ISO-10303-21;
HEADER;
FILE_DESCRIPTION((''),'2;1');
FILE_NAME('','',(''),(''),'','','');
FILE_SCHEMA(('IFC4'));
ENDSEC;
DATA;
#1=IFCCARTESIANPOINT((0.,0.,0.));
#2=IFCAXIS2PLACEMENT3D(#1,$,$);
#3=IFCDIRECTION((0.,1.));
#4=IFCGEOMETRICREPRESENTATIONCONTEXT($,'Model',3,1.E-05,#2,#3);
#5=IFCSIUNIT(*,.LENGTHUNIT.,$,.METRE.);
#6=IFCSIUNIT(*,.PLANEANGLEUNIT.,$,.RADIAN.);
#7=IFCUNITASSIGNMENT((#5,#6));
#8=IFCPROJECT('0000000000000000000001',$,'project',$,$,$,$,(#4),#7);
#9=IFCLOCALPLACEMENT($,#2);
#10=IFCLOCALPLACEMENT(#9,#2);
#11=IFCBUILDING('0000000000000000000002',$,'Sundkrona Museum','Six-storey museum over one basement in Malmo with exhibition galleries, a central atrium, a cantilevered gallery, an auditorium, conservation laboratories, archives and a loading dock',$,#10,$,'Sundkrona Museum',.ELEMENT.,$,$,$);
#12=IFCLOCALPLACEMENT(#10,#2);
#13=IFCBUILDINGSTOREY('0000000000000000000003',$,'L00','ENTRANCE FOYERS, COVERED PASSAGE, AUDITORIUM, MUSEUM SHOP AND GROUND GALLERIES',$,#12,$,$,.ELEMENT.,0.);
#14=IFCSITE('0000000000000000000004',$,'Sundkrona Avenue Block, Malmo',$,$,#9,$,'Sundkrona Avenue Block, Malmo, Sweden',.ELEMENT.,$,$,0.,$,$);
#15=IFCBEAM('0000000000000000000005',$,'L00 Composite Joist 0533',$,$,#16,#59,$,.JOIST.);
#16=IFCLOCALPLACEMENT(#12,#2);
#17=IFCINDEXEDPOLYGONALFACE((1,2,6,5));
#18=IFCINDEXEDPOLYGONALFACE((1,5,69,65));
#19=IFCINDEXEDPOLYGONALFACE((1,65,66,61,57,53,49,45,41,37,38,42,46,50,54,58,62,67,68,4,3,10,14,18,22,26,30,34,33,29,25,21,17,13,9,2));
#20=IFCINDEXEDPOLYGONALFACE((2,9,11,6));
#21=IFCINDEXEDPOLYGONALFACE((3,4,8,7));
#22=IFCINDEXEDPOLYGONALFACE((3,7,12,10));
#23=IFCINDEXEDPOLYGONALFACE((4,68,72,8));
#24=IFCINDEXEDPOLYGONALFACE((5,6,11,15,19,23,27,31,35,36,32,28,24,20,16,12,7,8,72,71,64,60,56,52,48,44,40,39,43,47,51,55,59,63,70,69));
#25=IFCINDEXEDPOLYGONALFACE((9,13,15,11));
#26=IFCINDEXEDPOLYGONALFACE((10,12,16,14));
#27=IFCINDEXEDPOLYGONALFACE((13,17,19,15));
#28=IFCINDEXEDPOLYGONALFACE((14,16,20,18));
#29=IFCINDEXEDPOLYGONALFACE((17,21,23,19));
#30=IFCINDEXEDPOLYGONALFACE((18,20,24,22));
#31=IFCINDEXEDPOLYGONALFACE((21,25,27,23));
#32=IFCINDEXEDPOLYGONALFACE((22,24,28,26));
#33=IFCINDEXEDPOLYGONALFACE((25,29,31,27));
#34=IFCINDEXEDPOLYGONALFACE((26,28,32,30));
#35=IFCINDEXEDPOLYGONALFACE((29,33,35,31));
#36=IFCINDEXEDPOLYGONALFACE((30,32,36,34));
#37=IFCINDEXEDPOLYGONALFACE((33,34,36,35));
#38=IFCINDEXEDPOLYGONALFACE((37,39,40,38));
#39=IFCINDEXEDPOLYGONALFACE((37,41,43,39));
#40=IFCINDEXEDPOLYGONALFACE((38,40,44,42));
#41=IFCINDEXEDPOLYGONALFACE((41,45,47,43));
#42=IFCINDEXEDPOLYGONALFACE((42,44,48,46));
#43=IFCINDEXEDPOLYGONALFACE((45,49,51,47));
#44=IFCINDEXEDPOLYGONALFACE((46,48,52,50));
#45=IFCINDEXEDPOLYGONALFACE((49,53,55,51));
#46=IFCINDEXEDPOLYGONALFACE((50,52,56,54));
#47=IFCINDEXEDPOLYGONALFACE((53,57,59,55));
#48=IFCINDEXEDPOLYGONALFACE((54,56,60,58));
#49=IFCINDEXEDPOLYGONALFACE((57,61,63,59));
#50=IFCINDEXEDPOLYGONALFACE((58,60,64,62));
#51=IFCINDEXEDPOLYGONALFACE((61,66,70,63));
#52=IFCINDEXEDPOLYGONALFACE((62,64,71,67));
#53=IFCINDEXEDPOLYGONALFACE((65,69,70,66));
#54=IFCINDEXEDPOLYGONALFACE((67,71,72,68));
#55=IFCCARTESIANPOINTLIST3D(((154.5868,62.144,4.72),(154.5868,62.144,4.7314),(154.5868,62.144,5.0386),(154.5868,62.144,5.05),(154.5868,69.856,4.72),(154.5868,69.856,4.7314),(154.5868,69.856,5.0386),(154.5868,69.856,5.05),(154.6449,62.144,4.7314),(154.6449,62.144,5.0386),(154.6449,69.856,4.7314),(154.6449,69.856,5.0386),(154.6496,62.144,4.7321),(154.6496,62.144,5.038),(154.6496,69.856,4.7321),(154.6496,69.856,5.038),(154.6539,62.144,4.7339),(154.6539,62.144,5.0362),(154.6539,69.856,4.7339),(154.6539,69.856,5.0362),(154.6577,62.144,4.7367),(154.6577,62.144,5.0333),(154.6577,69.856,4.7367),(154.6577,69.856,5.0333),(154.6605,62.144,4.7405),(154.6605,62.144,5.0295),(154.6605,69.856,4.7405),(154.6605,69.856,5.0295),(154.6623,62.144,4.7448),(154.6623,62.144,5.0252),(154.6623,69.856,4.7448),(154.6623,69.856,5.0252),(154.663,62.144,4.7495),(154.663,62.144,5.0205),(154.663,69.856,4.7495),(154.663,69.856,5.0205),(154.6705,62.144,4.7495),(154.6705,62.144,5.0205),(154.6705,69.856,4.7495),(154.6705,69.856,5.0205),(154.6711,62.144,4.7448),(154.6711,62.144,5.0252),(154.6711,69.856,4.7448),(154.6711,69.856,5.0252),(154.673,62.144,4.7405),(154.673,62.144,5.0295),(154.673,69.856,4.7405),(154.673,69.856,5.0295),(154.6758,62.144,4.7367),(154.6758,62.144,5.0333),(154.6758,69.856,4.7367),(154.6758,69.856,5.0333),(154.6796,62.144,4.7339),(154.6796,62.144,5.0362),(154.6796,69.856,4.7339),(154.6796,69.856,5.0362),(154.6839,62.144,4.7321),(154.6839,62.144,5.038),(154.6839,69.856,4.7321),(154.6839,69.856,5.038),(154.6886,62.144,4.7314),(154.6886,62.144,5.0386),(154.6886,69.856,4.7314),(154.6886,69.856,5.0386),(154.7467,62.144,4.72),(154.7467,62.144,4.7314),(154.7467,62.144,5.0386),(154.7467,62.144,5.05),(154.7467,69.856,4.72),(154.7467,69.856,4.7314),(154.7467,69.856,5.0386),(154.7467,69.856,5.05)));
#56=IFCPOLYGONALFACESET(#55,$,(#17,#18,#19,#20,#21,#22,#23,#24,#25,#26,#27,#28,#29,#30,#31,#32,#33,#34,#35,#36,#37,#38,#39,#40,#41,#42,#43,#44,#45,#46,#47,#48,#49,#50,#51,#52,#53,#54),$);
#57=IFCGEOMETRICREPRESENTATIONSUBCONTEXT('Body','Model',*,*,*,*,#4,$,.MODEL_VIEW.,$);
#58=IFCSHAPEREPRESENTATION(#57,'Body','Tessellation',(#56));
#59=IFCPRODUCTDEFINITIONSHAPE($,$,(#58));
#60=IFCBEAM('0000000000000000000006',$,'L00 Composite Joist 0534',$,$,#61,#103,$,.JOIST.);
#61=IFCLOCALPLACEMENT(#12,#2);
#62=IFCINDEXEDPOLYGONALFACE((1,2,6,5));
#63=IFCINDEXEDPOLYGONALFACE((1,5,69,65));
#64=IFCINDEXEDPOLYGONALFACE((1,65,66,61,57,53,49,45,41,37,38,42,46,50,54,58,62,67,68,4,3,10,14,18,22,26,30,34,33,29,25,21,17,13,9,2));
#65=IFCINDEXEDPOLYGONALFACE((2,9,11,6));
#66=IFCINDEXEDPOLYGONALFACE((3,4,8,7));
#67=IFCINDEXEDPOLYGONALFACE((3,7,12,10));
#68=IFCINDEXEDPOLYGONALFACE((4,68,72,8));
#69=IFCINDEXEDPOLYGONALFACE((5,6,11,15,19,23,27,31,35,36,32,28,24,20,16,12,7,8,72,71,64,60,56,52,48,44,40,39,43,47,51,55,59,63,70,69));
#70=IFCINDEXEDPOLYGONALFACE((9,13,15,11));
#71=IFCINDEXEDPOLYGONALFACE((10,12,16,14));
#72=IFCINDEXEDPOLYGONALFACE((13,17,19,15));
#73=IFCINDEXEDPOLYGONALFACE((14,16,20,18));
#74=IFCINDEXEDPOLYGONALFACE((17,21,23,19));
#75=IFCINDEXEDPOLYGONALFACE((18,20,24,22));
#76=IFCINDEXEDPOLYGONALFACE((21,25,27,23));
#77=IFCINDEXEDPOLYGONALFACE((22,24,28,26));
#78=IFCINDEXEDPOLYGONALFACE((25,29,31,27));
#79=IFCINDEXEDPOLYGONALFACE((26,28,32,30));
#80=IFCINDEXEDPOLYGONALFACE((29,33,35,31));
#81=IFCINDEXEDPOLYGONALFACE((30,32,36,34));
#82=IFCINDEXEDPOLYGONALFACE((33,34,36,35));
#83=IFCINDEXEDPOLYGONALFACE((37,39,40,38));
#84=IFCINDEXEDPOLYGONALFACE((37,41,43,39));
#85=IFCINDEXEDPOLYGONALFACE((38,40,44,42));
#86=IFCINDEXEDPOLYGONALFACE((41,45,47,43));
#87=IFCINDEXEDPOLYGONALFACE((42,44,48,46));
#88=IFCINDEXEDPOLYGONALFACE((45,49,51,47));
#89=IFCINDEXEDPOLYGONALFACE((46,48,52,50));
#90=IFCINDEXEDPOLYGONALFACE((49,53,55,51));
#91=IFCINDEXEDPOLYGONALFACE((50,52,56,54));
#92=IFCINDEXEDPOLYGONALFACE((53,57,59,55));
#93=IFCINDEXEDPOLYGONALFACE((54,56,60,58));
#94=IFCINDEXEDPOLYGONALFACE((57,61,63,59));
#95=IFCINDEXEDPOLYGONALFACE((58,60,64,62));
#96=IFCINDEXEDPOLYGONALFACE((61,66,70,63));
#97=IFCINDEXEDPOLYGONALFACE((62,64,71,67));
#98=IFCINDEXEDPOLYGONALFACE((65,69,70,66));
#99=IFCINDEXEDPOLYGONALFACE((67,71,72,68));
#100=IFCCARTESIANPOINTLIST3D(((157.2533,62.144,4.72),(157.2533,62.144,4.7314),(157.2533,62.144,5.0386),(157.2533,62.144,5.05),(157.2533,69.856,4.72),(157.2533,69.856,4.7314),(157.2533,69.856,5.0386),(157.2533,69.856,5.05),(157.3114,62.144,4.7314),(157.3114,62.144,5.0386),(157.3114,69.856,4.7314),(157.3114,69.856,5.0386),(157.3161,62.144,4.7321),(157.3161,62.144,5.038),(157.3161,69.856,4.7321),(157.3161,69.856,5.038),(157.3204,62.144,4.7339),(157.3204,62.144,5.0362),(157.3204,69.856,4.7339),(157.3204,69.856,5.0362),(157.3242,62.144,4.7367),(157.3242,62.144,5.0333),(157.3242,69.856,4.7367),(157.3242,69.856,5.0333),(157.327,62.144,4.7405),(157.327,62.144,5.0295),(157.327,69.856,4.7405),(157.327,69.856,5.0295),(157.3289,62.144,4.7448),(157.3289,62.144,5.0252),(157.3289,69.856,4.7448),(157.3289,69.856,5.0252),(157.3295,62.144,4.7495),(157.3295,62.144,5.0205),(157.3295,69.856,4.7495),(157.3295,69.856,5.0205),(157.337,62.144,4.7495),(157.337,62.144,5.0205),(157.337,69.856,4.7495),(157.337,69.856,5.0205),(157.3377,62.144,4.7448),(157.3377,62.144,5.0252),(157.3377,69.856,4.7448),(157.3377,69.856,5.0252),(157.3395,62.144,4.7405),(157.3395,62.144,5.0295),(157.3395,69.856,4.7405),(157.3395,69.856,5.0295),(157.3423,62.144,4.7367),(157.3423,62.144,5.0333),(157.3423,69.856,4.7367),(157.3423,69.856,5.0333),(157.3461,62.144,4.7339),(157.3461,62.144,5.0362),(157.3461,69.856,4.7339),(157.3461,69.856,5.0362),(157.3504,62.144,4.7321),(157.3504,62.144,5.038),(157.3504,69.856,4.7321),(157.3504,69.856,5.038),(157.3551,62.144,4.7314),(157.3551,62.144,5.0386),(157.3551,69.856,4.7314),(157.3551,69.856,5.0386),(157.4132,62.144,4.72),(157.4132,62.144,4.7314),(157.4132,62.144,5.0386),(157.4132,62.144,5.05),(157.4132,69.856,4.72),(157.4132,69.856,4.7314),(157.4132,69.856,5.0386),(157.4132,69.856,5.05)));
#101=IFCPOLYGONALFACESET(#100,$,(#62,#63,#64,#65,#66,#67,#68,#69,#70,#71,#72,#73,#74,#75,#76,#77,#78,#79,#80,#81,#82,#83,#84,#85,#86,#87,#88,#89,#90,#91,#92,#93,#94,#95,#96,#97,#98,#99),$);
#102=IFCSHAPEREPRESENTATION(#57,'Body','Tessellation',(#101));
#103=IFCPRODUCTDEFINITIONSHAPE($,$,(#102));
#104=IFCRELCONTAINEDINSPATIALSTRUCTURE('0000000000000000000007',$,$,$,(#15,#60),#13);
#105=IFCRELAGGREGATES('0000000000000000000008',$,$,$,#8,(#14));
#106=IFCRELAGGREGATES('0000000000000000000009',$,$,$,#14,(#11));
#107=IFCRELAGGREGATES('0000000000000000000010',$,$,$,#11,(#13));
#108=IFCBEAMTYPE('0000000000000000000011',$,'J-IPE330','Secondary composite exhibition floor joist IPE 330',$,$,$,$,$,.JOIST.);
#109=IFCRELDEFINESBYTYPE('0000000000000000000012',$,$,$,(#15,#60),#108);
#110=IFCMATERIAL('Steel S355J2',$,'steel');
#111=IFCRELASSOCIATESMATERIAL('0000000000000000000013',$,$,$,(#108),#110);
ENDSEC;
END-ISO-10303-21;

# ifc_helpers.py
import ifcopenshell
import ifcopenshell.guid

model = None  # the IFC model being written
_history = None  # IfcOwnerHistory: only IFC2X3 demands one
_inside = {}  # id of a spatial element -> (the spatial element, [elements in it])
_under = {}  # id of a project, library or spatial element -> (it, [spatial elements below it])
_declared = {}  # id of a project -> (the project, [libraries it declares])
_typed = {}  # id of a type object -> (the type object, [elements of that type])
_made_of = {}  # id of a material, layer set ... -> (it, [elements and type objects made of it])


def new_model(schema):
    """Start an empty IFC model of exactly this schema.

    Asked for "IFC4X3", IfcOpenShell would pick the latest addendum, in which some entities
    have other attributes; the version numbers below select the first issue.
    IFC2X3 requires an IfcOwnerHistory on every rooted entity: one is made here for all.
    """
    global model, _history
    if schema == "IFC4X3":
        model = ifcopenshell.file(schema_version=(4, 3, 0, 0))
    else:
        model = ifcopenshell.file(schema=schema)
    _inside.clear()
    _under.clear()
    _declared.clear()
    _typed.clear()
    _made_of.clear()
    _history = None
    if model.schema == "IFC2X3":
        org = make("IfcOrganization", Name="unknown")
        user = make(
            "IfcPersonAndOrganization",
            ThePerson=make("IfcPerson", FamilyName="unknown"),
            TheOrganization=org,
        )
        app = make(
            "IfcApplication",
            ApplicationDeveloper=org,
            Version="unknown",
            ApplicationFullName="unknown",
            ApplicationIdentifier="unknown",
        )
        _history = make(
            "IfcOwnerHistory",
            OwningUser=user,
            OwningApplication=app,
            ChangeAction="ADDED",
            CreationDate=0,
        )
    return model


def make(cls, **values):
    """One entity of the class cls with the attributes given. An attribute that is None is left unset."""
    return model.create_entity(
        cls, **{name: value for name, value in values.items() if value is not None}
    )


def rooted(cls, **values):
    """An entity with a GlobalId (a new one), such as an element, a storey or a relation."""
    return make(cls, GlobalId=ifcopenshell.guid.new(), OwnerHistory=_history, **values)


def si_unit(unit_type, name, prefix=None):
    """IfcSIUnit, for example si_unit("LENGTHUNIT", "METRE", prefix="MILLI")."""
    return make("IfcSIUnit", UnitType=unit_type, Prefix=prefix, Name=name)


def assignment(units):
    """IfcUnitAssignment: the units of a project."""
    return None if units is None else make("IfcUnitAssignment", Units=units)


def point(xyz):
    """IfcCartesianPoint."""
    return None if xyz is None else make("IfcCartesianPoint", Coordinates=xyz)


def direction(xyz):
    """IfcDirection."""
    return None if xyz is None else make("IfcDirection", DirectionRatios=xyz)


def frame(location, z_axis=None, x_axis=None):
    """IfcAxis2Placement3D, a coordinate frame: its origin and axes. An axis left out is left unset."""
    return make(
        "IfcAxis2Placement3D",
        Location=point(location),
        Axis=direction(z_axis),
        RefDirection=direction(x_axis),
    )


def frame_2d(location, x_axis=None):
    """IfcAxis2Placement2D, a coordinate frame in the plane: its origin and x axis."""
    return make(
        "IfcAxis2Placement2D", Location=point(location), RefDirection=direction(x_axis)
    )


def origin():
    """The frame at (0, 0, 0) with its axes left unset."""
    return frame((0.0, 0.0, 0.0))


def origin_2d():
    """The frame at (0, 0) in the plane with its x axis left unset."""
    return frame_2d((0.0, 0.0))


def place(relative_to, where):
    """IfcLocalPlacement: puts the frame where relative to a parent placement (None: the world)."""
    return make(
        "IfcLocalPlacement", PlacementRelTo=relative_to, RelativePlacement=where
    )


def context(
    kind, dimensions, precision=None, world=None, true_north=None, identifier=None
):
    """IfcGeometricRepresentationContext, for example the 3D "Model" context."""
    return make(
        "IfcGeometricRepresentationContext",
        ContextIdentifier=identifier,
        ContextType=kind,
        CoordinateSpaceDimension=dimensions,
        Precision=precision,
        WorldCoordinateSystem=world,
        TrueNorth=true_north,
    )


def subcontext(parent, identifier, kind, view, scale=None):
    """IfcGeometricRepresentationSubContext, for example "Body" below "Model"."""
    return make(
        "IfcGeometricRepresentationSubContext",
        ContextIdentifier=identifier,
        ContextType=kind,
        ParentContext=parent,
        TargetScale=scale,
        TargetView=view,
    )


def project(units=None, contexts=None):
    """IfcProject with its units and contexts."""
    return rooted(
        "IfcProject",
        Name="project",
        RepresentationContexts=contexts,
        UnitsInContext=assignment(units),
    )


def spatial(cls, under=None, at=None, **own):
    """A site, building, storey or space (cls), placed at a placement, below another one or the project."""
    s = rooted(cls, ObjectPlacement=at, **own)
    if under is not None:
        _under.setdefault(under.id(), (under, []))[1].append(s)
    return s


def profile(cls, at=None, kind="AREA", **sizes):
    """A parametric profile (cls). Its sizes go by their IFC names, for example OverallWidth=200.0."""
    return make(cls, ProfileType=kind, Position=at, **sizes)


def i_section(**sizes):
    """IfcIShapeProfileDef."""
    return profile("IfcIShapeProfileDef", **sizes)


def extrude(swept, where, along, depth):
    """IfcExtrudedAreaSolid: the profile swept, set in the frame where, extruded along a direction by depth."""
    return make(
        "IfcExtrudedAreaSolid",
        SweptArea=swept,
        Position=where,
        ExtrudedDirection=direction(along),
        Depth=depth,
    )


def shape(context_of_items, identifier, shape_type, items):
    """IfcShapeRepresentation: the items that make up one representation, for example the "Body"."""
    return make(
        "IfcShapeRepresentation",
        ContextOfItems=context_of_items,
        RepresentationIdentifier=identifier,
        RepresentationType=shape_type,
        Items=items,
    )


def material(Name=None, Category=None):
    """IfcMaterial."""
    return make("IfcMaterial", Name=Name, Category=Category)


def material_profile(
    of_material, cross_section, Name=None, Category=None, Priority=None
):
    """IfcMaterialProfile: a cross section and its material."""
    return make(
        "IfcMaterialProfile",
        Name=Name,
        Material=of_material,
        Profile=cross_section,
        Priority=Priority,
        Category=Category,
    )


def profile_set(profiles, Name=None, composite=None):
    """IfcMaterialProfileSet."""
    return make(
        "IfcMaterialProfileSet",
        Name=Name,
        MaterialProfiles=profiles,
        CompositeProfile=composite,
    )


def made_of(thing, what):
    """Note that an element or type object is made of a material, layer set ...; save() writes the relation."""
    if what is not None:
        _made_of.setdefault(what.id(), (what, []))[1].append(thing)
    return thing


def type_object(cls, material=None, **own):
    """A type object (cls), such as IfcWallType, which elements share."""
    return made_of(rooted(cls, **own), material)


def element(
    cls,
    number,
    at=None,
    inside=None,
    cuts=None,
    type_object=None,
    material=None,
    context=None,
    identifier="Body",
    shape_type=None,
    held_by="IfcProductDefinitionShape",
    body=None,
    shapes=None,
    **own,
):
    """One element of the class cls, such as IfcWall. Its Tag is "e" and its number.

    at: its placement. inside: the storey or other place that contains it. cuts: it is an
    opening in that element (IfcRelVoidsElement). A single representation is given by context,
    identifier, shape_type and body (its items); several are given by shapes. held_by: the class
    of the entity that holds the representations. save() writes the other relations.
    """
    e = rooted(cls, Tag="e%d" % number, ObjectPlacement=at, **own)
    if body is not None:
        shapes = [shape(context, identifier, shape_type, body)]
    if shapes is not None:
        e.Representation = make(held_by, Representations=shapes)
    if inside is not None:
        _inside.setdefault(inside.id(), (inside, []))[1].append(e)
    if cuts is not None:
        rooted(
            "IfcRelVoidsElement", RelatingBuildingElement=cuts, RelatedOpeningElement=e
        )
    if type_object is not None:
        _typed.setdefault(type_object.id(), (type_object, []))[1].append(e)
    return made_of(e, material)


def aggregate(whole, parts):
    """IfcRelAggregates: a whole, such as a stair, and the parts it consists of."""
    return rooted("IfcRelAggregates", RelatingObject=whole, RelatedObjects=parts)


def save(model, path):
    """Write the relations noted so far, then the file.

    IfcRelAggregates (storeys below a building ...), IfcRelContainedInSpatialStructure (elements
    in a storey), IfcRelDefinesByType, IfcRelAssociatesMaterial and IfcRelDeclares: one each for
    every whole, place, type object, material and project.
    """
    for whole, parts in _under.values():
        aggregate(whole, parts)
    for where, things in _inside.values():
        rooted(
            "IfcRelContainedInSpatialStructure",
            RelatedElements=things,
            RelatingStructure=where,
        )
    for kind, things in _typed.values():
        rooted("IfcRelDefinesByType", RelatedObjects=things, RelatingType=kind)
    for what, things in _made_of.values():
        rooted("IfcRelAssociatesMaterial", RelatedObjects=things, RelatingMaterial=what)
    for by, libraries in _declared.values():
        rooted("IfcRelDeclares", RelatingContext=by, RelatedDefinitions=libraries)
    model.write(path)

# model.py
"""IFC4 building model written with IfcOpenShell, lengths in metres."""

from ifc_helpers import new_model, si_unit, direction, frame, origin, origin_2d, place, context, subcontext, project, spatial, i_section, extrude, material, material_profile, profile_set, type_object, element, save


model = new_model("IFC4")

# Units and contexts
model_context = context("Model", 3, precision=1e-05, world=origin(), true_north=direction((0.0, 1.0)))
body_context = subcontext(model_context, "Body", "Model", "MODEL_VIEW")
ifc_project = project(units=[si_unit("LENGTHUNIT", "METRE"), si_unit("PLANEANGLEUNIT", "RADIAN")], contexts=[model_context])

# Site, building, storey
site_placement = place(None, origin())
site = spatial("IfcSite", under=ifc_project, at=site_placement, Name="Sundkrona Avenue Block, Malmo", LongName="Sundkrona Avenue Block, Malmo, Sweden", CompositionType="ELEMENT", RefElevation=0.0)
building_placement = place(site_placement, origin())
building = spatial("IfcBuilding", under=site, at=building_placement, Name="Sundkrona Museum", Description="Six-storey museum over one basement in Malmo with exhibition galleries, a central atrium, a cantilevered gallery, an auditorium, conservation laboratories, archives and a loading dock", LongName="Sundkrona Museum", CompositionType="ELEMENT")
storey_placement = place(building_placement, origin())
storey = spatial("IfcBuildingStorey", under=building, at=storey_placement, Name="L00", Description="ENTRANCE FOYERS, COVERED PASSAGE, AUDITORIUM, MUSEUM SHOP AND GROUND GALLERIES", CompositionType="ELEMENT", Elevation=0.0)

# Shared definitions
ifc_material = material(Name="Steel S355J2", Category="steel")

# Beams
ifc_material_profile_1 = material_profile(ifc_material, i_section(OverallWidth=0.1599, OverallDepth=0.3301, WebThickness=0.0076, FlangeThickness=0.0115, FilletRadius=0.0181, at=origin_2d()), Name="IPE 330")
ifc_profile_set_1 = profile_set([ifc_material_profile_1], Name="Steel S355J2")
beam_type_1 = type_object("IfcBeamType", Name="J-IPE330", Description="Secondary composite exhibition floor joist IPE 330", PredefinedType="JOIST", material=ifc_profile_set_1)
for number, where, z_axis, x_axis, name in (
    (1, (154.6667, 62.144, 4.885), (0.0, 1.0, 0.0), (-1.0, 0.0, 0.0), "L00 Composite Joist 0533"),
    (2, (157.3333, 62.144, 4.885), (0.0, 1.0, 0.0), (-1.0, 0.0, 0.0), "L00 Composite Joist 0534"),
):
    element("IfcBeam", number, at=place(storey_placement, frame(where, z_axis=z_axis, x_axis=x_axis)), inside=storey, type_object=beam_type_1, Name=name, PredefinedType="JOIST", context=body_context, shape_type="SweptSolid", body=[
        extrude(i_section(OverallWidth=0.1599, OverallDepth=0.3301, WebThickness=0.0076, FlangeThickness=0.0115, FilletRadius=0.0181, at=origin_2d()), origin(), (0.0, 0.0, 1.0), 7.7119),
    ])

save(model, "model.ifc")
